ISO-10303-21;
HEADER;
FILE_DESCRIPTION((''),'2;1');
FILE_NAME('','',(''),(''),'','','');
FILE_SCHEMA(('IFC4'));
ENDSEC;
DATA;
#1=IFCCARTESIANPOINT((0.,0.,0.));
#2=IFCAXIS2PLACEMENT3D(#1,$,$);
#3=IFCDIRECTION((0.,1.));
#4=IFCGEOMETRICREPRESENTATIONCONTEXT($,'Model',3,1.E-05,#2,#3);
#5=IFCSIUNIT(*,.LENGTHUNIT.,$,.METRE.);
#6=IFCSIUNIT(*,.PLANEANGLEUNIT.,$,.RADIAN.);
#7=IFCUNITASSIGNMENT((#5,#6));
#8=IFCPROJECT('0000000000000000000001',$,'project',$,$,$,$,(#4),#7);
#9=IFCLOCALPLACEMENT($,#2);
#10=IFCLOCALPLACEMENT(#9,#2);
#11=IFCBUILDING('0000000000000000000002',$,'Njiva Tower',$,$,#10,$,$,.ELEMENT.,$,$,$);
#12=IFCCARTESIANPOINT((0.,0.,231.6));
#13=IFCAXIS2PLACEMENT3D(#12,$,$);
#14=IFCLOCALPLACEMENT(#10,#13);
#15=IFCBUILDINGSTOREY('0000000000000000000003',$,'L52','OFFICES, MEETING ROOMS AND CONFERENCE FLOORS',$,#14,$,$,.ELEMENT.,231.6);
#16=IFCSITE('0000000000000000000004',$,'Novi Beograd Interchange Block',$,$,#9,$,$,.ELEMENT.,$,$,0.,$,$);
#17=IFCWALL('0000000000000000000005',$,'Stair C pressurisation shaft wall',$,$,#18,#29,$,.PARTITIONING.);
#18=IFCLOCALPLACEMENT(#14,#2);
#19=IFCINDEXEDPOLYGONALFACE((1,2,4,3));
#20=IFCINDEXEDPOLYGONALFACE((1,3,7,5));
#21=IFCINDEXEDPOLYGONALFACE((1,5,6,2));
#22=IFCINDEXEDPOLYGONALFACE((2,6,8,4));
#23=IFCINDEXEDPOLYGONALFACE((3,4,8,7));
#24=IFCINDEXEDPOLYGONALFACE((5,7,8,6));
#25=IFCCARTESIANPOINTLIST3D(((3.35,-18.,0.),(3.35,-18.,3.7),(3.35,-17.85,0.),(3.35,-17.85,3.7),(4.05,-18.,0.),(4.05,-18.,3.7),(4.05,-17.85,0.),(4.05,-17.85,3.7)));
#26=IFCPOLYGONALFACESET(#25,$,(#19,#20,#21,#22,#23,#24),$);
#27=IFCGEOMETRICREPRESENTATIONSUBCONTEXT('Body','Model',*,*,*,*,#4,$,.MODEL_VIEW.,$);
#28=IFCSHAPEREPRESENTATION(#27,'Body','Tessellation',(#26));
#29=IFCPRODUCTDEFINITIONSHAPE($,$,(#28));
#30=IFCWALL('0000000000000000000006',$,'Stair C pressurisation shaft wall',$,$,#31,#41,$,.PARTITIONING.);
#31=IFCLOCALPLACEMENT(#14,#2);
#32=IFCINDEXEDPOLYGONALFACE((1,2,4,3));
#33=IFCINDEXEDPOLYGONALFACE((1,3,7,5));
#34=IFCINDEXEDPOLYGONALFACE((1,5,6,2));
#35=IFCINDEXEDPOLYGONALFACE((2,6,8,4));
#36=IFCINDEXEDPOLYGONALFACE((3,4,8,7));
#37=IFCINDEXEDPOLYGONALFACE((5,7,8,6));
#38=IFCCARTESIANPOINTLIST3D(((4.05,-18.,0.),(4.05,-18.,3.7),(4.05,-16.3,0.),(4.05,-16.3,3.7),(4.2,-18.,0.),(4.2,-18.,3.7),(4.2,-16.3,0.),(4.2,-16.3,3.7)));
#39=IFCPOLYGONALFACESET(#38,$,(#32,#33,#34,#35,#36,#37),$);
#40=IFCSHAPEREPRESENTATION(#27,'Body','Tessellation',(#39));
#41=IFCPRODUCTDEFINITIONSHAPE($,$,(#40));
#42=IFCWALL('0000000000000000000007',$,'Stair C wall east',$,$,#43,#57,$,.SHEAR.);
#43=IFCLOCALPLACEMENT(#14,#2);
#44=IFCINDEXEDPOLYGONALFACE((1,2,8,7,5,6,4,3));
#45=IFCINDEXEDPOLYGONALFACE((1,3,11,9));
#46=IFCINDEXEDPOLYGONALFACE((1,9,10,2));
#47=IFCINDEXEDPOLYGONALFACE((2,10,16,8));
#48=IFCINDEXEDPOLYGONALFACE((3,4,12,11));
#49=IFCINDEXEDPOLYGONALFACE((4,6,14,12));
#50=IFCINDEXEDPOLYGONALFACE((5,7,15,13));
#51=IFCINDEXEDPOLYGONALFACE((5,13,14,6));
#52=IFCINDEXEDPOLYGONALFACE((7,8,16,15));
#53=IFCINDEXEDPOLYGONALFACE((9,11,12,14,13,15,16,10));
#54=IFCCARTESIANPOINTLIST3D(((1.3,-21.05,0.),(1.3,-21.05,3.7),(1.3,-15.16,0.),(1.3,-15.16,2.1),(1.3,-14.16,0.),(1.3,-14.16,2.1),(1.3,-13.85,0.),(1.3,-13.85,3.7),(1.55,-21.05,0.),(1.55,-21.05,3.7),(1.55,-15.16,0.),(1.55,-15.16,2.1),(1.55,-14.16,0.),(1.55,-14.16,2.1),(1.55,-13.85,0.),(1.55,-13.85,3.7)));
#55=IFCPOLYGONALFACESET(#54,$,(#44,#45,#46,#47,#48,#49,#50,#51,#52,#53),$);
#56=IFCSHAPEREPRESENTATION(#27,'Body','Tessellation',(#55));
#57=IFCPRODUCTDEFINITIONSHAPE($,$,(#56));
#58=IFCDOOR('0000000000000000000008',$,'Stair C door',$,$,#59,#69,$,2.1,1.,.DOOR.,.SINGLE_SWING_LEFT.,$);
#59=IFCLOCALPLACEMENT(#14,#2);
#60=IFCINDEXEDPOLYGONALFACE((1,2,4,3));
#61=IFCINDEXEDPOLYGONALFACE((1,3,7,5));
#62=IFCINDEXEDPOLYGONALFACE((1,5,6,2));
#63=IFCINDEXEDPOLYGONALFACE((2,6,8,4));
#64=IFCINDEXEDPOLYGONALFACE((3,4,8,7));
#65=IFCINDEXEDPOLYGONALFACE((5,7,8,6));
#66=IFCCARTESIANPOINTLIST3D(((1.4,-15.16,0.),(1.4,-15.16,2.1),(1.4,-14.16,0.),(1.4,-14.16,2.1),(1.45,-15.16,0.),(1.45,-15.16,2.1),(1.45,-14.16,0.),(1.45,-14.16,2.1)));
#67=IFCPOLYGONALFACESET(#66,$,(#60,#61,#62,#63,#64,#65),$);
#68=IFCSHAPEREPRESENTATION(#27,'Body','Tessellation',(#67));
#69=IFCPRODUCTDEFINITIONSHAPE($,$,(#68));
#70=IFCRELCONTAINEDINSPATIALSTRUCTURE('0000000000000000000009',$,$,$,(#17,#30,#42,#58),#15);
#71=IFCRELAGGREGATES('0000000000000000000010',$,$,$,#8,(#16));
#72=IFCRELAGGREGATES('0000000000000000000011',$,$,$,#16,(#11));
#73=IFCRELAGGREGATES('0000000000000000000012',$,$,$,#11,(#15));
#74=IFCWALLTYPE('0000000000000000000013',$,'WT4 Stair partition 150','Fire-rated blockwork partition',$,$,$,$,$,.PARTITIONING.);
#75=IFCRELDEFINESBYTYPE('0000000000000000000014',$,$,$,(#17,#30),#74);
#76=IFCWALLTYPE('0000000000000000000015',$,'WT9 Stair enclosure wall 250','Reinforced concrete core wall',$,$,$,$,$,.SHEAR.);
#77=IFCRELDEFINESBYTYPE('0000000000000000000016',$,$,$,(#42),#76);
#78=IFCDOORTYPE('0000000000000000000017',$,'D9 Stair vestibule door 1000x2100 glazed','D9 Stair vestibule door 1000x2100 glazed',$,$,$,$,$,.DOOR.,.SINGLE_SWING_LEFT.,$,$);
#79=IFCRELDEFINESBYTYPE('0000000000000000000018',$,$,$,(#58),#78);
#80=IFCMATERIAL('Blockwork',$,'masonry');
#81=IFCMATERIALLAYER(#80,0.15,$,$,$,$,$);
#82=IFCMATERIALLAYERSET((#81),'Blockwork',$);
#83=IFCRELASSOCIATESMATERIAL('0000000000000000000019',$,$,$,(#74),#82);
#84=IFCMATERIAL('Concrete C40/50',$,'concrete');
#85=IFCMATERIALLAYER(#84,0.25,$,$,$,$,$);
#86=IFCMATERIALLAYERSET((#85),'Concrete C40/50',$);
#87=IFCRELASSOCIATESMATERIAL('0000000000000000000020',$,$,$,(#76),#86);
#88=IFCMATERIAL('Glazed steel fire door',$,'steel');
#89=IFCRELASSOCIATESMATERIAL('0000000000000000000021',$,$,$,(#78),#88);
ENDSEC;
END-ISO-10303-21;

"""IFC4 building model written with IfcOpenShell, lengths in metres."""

from ifc_helpers import new_model, si_unit, direction, frame, frame_2d, origin, place, context, subcontext, project, spatial, rectangle, extrude, material, layer, layer_set, type_object, element, fill, save


model = new_model("IFC4")

# Units and contexts
model_context = context("Model", 3, precision=1e-05, world=origin(), true_north=direction((0.0, 1.0)))
body_context = subcontext(model_context, "Body", "Model", "MODEL_VIEW")
ifc_project = project(units=[si_unit("LENGTHUNIT", "METRE"), si_unit("PLANEANGLEUNIT", "RADIAN")], contexts=[model_context])

# Site, building, storey
site_placement = place(None, origin())
site = spatial("IfcSite", under=ifc_project, at=site_placement, Name="Novi Beograd Interchange Block", CompositionType="ELEMENT", RefElevation=0.0)
building_placement = place(site_placement, origin())
building = spatial("IfcBuilding", under=site, at=building_placement, Name="Njiva Tower", CompositionType="ELEMENT")
storey_placement = place(building_placement, frame((0.0, 0.0, 231.6)))
storey = spatial("IfcBuildingStorey", under=building, at=storey_placement, Name="L52", Description="OFFICES, MEETING ROOMS AND CONFERENCE FLOORS", CompositionType="ELEMENT", Elevation=231.6)

# Walls
ifc_material_1 = material(Name="Blockwork", Category="masonry")
ifc_layer_1 = layer(ifc_material_1, 0.15)
ifc_layer_set_1 = layer_set([ifc_layer_1], Name="Blockwork")
wall_type_1 = type_object("IfcWallType", Name="WT4 Stair partition 150", Description="Fire-rated blockwork partition", PredefinedType="PARTITIONING", material=ifc_layer_set_1)
wall_1_placement = place(storey_placement, frame((3.35, -17.925, 0.0), z_axis=(0.0, 0.0, 1.0), x_axis=(1.0, 0.0, 0.0)))
element("IfcWall", 1, at=wall_1_placement, inside=storey, type_object=wall_type_1, Name="Stair C pressurisation shaft wall", PredefinedType="PARTITIONING", context=body_context, shape_type="SweptSolid", body=[
    extrude(rectangle(XDim=0.7, YDim=0.15, at=frame_2d((0.35, 0.0))), origin(), (0.0, 0.0, 1.0), 3.7),
])
wall_2_placement = place(storey_placement, frame((4.125, -18.0, 0.0), z_axis=(0.0, 0.0, 1.0), x_axis=(0.0, 1.0, 0.0)))
element("IfcWall", 2, at=wall_2_placement, inside=storey, type_object=wall_type_1, Name="Stair C pressurisation shaft wall", PredefinedType="PARTITIONING", context=body_context, shape_type="SweptSolid", body=[
    extrude(rectangle(XDim=1.7, YDim=0.15, at=frame_2d((0.85, 0.0))), origin(), (0.0, 0.0, 1.0), 3.7),
])

# Wall, opening, door
ifc_material_2 = material(Name="Concrete C40/50", Category="concrete")
ifc_layer_2 = layer(ifc_material_2, 0.25)
ifc_layer_set_2 = layer_set([ifc_layer_2], Name="Concrete C40/50")
wall_type_2 = type_object("IfcWallType", Name="WT9 Stair enclosure wall 250", Description="Reinforced concrete core wall", PredefinedType="SHEAR", material=ifc_layer_set_2)
wall_3_placement = place(storey_placement, frame((1.425, -21.05, 0.0), z_axis=(0.0, 0.0, 1.0), x_axis=(0.0, 1.0, 0.0)))
wall_3 = element("IfcWall", 3, at=wall_3_placement, inside=storey, type_object=wall_type_2, Name="Stair C wall east", PredefinedType="SHEAR", context=body_context, shape_type="SweptSolid", body=[
    extrude(rectangle(XDim=7.2, YDim=0.25, at=frame_2d((3.6, 0.0))), origin(), (0.0, 0.0, 1.0), 3.7),
])
opening_1_placement = place(wall_3_placement, frame((5.89, 0.0, 0.0)))
opening_1 = element("IfcOpeningElement", 4, at=opening_1_placement, cuts=wall_3, PredefinedType="OPENING", context=body_context, shape_type="SweptSolid", body=[
    extrude(rectangle(XDim=1.0, YDim=2.1, at=frame_2d((0.5, 1.05))), frame((0.0, 0.135, 0.0), z_axis=(0.0, -1.0, 0.0), x_axis=(1.0, 0.0, 0.0)), (0.0, 0.0, 1.0), 0.27),
])
ifc_material_3 = material(Name="Glazed steel fire door", Category="steel")
door_type = type_object("IfcDoorType", Name="D9 Stair vestibule door 1000x2100 glazed", Description="D9 Stair vestibule door 1000x2100 glazed", OperationType="SINGLE_SWING_LEFT", PredefinedType="DOOR", material=ifc_material_3)
door_placement = place(opening_1_placement, origin())
door = element("IfcDoor", 5, at=door_placement, inside=storey, type_object=door_type, Name="Stair C door", OperationType="SINGLE_SWING_LEFT", OverallHeight=2.1, OverallWidth=1.0, PredefinedType="DOOR", context=body_context, shape_type="SweptSolid", body=[
    extrude(rectangle(XDim=1.0, YDim=2.1, at=frame_2d((0.5, 1.05))), frame((0.0, 0.025, 0.0), z_axis=(0.0, -1.0, 0.0), x_axis=(1.0, 0.0, 0.0)), (0.0, 0.0, 1.0), 0.05),
])
fill(opening_1, door)

save(model, "model.ifc")
